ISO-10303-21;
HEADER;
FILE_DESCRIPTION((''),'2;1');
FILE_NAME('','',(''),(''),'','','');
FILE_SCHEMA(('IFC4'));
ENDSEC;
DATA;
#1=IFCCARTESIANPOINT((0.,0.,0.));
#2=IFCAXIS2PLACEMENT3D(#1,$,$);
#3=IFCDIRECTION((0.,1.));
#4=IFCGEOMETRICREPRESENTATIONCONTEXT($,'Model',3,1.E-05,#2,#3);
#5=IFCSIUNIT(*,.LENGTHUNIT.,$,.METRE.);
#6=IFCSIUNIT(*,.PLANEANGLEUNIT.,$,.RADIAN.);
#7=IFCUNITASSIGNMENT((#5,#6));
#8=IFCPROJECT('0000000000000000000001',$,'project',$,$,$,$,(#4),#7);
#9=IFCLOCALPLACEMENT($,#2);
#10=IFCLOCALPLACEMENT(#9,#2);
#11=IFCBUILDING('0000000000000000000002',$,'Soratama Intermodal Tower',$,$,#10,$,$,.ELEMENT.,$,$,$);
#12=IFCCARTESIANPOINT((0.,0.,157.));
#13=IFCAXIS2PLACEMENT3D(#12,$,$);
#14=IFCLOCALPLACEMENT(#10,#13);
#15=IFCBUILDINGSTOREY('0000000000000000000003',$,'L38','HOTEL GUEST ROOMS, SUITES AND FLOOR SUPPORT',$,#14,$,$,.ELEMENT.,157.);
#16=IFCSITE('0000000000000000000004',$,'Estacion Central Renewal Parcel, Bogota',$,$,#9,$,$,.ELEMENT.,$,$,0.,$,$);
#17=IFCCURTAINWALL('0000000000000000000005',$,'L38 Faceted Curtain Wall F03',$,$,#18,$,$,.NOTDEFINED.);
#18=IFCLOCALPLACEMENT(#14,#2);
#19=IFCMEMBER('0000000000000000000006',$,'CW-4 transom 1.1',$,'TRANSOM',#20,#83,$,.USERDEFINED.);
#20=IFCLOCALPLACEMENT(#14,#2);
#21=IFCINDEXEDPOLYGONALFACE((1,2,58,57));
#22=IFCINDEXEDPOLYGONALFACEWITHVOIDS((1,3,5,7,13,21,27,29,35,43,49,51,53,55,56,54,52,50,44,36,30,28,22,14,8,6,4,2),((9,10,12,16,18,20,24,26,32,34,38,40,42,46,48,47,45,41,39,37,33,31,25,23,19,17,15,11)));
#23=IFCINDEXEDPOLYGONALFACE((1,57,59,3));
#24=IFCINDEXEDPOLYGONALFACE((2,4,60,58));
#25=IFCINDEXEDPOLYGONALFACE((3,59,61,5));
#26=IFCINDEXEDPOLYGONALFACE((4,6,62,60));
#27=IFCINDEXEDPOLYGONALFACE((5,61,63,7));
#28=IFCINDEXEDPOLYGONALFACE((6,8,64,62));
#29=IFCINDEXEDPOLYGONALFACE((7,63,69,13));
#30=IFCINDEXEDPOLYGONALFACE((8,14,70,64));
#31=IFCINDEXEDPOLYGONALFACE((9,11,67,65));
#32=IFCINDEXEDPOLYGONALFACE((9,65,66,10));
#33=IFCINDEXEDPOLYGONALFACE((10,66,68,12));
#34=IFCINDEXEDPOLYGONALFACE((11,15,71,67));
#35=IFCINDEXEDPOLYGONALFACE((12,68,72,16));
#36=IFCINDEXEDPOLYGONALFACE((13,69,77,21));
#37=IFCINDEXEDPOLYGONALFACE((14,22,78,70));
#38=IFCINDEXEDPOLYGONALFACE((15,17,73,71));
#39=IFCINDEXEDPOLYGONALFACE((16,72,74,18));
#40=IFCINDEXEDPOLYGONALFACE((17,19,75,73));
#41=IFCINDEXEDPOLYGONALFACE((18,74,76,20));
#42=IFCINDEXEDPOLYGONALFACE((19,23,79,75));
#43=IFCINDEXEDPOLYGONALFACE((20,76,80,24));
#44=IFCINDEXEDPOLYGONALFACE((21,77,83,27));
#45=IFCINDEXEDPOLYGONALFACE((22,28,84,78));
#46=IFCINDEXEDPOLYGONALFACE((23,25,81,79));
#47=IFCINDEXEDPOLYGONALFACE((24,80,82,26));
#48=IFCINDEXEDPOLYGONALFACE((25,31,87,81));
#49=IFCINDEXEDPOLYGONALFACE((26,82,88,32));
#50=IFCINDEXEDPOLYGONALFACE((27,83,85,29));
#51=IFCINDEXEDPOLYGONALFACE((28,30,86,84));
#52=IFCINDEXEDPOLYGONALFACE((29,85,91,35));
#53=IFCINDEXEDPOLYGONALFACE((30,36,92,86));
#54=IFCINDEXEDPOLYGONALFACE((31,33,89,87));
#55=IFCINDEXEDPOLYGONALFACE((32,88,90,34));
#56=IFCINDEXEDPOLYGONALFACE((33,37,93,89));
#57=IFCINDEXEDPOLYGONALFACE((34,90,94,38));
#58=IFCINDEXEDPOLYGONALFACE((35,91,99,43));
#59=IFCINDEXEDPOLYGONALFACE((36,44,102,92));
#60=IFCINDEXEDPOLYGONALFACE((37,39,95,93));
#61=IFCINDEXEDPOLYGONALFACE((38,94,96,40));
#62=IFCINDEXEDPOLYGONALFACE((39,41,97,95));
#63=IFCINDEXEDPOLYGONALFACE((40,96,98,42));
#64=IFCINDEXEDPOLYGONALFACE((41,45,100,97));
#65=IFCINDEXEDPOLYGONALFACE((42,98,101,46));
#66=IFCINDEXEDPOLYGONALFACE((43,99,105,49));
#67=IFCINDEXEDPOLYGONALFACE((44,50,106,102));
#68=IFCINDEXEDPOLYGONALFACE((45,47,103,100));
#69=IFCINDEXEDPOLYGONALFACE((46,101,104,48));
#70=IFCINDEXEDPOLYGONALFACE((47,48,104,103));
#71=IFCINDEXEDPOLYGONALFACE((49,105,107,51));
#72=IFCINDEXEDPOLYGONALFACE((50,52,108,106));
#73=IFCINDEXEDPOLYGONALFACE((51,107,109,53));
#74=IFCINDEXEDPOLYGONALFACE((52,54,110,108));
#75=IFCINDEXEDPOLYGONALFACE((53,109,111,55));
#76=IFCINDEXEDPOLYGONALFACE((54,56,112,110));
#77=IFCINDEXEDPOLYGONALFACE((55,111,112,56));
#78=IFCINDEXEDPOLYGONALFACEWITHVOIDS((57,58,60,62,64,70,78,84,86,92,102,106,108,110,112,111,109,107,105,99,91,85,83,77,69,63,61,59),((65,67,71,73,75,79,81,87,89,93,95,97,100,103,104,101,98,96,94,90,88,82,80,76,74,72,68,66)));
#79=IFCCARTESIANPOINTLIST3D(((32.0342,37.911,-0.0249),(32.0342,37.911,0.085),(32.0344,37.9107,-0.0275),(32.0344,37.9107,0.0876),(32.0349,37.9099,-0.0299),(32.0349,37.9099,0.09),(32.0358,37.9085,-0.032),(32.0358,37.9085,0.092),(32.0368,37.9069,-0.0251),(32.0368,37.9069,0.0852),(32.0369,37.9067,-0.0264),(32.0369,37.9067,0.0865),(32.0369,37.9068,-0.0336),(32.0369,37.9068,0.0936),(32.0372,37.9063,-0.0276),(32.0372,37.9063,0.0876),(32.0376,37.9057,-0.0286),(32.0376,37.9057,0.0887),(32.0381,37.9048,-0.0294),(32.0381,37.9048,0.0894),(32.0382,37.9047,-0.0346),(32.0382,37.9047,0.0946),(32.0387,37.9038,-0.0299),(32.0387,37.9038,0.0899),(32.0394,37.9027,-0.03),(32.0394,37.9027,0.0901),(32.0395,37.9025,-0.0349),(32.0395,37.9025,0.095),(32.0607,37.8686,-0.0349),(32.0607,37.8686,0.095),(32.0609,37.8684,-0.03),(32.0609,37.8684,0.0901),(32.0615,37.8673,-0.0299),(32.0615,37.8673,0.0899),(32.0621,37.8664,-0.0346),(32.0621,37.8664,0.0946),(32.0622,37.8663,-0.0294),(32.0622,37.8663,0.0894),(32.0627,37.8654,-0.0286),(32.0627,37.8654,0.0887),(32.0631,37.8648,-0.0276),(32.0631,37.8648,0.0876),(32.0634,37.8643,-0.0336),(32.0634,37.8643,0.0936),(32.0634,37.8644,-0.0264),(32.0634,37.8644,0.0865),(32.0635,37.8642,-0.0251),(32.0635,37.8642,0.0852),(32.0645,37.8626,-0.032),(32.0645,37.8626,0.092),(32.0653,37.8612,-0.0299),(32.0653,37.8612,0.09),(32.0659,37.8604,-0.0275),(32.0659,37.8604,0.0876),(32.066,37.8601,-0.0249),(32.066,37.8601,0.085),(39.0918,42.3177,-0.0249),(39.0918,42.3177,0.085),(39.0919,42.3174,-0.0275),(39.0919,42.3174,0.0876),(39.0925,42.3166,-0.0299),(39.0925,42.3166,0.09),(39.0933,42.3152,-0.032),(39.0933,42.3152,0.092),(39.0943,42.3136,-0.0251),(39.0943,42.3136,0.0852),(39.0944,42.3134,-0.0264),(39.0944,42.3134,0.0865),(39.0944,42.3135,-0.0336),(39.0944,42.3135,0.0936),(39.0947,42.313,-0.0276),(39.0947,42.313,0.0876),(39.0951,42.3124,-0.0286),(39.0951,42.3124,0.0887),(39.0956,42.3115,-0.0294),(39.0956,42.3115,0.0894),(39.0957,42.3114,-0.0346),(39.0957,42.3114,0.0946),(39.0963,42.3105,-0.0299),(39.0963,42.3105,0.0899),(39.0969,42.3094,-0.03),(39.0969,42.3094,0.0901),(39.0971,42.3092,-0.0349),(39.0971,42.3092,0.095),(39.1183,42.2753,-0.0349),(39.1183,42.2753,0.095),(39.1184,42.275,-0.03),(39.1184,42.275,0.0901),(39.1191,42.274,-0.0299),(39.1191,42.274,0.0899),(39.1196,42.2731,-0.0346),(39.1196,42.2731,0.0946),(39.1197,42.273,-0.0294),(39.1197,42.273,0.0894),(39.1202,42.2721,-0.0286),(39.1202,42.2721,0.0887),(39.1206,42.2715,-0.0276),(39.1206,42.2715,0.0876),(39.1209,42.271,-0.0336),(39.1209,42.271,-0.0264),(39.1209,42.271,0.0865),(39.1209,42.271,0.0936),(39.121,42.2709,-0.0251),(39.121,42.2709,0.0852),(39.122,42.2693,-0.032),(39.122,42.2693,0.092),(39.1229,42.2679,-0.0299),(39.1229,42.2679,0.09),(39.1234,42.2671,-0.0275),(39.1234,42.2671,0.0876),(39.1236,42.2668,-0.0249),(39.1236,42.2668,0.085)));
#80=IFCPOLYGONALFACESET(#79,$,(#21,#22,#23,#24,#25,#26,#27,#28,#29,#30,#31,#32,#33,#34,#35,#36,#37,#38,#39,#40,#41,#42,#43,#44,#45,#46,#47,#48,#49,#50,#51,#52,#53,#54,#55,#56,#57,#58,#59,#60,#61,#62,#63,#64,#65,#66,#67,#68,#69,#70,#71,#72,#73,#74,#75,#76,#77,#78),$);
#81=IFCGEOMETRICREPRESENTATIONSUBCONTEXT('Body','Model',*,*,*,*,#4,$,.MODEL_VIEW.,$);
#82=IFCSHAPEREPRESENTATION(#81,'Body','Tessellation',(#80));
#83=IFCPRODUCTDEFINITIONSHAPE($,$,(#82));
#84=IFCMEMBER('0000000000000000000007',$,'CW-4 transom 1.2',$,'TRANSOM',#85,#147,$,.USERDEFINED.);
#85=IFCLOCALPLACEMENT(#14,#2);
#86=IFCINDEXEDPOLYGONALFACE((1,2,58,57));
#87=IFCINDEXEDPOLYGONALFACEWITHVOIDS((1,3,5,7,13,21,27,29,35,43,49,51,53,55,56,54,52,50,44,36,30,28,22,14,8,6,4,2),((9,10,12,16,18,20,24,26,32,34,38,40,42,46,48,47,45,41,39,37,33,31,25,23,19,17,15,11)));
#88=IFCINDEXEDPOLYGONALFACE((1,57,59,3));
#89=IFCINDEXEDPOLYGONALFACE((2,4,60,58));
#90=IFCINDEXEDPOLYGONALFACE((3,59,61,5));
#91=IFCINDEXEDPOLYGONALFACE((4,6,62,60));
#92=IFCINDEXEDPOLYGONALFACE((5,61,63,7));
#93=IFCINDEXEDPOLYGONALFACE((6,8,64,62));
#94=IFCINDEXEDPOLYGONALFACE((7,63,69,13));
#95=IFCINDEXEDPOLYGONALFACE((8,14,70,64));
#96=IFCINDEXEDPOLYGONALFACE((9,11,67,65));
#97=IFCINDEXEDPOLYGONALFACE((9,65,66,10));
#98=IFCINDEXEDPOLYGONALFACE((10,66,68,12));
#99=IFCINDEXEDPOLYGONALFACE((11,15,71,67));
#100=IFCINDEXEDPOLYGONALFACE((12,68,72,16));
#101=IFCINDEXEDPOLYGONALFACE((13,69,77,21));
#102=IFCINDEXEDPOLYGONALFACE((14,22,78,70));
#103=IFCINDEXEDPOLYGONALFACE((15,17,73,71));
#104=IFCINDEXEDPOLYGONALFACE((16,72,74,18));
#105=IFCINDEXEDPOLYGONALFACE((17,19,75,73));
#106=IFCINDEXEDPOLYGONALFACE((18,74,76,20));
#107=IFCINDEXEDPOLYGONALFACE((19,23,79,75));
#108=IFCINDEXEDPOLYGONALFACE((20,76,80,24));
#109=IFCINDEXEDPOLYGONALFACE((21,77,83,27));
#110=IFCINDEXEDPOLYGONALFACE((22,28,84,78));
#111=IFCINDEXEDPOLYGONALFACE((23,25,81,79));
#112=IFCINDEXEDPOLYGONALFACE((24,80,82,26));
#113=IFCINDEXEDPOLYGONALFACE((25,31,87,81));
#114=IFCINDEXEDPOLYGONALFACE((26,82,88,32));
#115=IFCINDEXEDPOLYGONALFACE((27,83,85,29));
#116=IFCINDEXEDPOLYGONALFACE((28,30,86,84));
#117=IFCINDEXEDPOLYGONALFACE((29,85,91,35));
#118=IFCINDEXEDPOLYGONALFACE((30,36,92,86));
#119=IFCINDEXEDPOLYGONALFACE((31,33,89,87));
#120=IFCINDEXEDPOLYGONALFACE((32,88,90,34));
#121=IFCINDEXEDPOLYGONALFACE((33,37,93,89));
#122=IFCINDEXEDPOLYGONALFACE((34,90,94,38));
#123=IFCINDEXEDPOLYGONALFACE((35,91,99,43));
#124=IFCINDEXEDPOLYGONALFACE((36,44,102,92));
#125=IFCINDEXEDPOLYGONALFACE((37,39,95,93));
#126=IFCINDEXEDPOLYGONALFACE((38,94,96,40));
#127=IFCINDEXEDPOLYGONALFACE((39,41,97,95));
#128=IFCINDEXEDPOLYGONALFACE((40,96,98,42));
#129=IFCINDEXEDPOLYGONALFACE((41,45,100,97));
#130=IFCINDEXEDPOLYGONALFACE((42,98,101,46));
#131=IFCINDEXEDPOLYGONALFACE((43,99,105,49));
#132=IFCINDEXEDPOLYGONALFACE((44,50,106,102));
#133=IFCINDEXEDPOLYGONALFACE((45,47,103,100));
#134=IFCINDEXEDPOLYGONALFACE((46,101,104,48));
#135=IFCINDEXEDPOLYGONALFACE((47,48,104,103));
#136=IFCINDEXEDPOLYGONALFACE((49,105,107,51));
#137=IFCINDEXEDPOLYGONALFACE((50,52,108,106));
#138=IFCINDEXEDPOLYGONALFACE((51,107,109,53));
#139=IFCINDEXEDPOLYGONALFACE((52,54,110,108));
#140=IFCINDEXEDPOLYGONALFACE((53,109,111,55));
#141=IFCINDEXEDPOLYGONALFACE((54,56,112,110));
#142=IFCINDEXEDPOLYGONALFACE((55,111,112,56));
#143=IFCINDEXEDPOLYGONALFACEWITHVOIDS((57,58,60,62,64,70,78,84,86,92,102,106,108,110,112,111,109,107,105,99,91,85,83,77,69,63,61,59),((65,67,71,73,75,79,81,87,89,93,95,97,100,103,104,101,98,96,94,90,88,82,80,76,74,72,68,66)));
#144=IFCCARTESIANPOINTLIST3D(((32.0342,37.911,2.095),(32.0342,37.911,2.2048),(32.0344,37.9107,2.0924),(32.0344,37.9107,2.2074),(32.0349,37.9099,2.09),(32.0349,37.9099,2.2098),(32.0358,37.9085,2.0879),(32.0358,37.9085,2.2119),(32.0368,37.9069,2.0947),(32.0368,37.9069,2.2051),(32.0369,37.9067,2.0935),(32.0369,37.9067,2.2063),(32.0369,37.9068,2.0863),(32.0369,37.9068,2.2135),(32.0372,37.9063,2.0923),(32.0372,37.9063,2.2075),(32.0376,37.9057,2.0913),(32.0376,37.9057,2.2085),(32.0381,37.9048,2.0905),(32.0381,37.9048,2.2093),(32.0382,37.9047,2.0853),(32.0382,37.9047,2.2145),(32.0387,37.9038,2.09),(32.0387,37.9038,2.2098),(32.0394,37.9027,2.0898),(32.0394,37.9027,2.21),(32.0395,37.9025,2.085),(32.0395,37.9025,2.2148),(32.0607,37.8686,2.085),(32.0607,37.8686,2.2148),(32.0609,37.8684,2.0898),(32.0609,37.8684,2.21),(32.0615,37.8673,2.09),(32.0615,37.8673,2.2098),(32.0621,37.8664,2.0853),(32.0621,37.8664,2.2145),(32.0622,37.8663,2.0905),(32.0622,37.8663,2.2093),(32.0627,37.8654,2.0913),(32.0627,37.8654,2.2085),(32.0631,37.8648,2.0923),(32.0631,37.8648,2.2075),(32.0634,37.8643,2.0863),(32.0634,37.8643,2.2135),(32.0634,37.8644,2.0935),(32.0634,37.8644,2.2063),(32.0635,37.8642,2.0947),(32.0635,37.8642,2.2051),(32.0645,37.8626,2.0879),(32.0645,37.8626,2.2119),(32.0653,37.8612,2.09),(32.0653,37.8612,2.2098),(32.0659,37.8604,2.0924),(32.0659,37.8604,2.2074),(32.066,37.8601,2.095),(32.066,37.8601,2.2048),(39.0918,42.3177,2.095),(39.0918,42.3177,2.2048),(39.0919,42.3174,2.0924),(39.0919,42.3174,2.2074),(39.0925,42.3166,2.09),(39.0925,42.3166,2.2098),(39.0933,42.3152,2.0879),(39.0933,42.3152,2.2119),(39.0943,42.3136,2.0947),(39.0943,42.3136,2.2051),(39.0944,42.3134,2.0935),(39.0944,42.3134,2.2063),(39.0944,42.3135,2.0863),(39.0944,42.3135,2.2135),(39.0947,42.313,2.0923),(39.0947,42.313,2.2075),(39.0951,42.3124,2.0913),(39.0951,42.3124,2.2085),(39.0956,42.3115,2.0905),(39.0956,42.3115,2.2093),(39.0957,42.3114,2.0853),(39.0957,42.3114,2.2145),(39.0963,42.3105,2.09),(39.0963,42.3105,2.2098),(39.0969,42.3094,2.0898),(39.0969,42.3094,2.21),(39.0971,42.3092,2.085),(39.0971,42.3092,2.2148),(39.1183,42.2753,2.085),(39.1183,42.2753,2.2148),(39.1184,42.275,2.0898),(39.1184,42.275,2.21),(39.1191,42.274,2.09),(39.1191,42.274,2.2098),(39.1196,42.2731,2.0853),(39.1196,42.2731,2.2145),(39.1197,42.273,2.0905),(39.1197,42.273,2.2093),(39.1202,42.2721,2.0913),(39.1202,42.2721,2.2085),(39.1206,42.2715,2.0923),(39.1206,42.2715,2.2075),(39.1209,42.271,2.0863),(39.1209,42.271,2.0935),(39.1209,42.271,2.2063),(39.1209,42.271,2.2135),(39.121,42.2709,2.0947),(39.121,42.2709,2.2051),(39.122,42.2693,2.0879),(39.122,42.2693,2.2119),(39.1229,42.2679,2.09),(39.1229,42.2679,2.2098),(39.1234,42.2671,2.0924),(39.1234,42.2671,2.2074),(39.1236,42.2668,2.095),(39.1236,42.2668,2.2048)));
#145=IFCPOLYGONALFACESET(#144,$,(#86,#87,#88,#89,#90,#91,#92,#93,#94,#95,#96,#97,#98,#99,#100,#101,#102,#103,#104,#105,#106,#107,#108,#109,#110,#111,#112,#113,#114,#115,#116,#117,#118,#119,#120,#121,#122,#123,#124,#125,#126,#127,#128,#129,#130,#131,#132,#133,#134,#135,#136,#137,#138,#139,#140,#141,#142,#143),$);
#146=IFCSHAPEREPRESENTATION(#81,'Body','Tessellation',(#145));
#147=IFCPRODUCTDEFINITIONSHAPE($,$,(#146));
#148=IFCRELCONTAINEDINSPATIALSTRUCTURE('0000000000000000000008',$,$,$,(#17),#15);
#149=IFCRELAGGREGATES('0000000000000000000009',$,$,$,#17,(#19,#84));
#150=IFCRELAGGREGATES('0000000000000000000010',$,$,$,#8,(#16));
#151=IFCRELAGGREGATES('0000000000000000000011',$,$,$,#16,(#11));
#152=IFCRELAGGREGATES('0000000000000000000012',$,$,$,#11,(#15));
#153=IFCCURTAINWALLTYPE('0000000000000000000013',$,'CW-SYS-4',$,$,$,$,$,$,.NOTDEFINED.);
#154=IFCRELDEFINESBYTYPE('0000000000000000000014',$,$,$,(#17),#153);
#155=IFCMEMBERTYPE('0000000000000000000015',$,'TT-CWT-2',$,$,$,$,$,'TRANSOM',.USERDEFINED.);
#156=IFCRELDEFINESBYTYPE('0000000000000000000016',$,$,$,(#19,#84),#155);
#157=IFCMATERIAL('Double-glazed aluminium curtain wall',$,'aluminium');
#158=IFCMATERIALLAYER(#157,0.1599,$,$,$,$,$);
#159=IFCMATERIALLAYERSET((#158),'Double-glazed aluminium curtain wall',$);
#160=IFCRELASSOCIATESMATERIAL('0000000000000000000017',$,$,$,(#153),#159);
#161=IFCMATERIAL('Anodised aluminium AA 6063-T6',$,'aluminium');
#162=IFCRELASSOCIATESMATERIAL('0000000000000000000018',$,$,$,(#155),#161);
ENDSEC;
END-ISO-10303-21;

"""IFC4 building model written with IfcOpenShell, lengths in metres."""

from ifc_helpers import new_model, si_unit, direction, frame, origin, origin_2d, place, context, subcontext, project, spatial, hollow_rectangle, extrude, material, layer, layer_set, material_profile, profile_set, type_object, element, aggregate, save


model = new_model("IFC4")

# Units and contexts
model_context = context("Model", 3, precision=1e-05, world=origin(), true_north=direction((0.0, 1.0)))
body_context = subcontext(model_context, "Body", "Model", "MODEL_VIEW")
ifc_project = project(units=[si_unit("LENGTHUNIT", "METRE"), si_unit("PLANEANGLEUNIT", "RADIAN")], contexts=[model_context])

# Site, building, storey
site_placement = place(None, origin())
site = spatial("IfcSite", under=ifc_project, at=site_placement, Name="Estacion Central Renewal Parcel, Bogota", CompositionType="ELEMENT", RefElevation=0.0)
building_placement = place(site_placement, origin())
building = spatial("IfcBuilding", under=site, at=building_placement, Name="Soratama Intermodal Tower", CompositionType="ELEMENT")
storey_placement = place(building_placement, frame((0.0, 0.0, 157.0)))
storey = spatial("IfcBuildingStorey", under=building, at=storey_placement, Name="L38", Description="HOTEL GUEST ROOMS, SUITES AND FLOOR SUPPORT", CompositionType="ELEMENT", Elevation=157.0)

# Curtain wall
ifc_material_1 = material(Name="Double-glazed aluminium curtain wall", Category="aluminium")
ifc_layer_1 = layer(ifc_material_1, 0.1599)
ifc_layer_set_1 = layer_set([ifc_layer_1], Name="Double-glazed aluminium curtain wall")
curtain_wall_type = type_object("IfcCurtainWallType", Name="CW-SYS-4", PredefinedType="NOTDEFINED", material=ifc_layer_set_1)
curtain_wall_1_placement = place(storey_placement, origin())
curtain_wall_1 = element("IfcCurtainWall", 1, at=curtain_wall_1_placement, inside=storey, type_object=curtain_wall_type, Name="L38 Faceted Curtain Wall F03", PredefinedType="NOTDEFINED")

# Members
ifc_material_2 = material(Name="Anodised aluminium AA 6063-T6", Category="aluminium")
ifc_material_profile_1 = material_profile(ifc_material_2, hollow_rectangle(XDim=0.0601, YDim=0.1299, WallThickness=0.0049, InnerFilletRadius=0.0049, OuterFilletRadius=0.01, at=origin_2d()), Name="CWT130X60X5")
ifc_profile_set_1 = profile_set([ifc_material_profile_1], Name="Anodised aluminium AA 6063-T6")
member_type_1 = type_object("IfcMemberType", Name="TT-CWT-2", ElementType="TRANSOM", PredefinedType="USERDEFINED", material=ifc_profile_set_1)
member_1_placement = place(storey_placement, frame((39.1077, 42.2922, 0.03), z_axis=(-0.848229, -0.52963, 0.0), x_axis=(0.52963, -0.848229, 0.0)))
member_1 = element("IfcMember", 2, at=member_1_placement, type_object=member_type_1, Name="CW-4 transom 1.1", ObjectType="TRANSOM", PredefinedType="USERDEFINED", context=body_context, shape_type="SweptSolid", body=[
    extrude(hollow_rectangle(XDim=0.0601, YDim=0.1299, WallThickness=0.0049, InnerFilletRadius=0.0049, OuterFilletRadius=0.01, at=origin_2d()), origin(), (0.0, 0.0, 1.0), 8.3203),
])
member_2_placement = place(storey_placement, frame((39.1077, 42.2922, 2.1499), z_axis=(-0.848229, -0.52963, 0.0), x_axis=(0.52963, -0.848229, 0.0)))
member_2 = element("IfcMember", 3, at=member_2_placement, type_object=member_type_1, Name="CW-4 transom 1.2", ObjectType="TRANSOM", PredefinedType="USERDEFINED", context=body_context, shape_type="SweptSolid", body=[
    extrude(hollow_rectangle(XDim=0.0601, YDim=0.1299, WallThickness=0.0049, InnerFilletRadius=0.0049, OuterFilletRadius=0.01, at=origin_2d()), origin(), (0.0, 0.0, 1.0), 8.3203),
])

aggregate(curtain_wall_1, [member_1, member_2])

save(model, "model.ifc")
